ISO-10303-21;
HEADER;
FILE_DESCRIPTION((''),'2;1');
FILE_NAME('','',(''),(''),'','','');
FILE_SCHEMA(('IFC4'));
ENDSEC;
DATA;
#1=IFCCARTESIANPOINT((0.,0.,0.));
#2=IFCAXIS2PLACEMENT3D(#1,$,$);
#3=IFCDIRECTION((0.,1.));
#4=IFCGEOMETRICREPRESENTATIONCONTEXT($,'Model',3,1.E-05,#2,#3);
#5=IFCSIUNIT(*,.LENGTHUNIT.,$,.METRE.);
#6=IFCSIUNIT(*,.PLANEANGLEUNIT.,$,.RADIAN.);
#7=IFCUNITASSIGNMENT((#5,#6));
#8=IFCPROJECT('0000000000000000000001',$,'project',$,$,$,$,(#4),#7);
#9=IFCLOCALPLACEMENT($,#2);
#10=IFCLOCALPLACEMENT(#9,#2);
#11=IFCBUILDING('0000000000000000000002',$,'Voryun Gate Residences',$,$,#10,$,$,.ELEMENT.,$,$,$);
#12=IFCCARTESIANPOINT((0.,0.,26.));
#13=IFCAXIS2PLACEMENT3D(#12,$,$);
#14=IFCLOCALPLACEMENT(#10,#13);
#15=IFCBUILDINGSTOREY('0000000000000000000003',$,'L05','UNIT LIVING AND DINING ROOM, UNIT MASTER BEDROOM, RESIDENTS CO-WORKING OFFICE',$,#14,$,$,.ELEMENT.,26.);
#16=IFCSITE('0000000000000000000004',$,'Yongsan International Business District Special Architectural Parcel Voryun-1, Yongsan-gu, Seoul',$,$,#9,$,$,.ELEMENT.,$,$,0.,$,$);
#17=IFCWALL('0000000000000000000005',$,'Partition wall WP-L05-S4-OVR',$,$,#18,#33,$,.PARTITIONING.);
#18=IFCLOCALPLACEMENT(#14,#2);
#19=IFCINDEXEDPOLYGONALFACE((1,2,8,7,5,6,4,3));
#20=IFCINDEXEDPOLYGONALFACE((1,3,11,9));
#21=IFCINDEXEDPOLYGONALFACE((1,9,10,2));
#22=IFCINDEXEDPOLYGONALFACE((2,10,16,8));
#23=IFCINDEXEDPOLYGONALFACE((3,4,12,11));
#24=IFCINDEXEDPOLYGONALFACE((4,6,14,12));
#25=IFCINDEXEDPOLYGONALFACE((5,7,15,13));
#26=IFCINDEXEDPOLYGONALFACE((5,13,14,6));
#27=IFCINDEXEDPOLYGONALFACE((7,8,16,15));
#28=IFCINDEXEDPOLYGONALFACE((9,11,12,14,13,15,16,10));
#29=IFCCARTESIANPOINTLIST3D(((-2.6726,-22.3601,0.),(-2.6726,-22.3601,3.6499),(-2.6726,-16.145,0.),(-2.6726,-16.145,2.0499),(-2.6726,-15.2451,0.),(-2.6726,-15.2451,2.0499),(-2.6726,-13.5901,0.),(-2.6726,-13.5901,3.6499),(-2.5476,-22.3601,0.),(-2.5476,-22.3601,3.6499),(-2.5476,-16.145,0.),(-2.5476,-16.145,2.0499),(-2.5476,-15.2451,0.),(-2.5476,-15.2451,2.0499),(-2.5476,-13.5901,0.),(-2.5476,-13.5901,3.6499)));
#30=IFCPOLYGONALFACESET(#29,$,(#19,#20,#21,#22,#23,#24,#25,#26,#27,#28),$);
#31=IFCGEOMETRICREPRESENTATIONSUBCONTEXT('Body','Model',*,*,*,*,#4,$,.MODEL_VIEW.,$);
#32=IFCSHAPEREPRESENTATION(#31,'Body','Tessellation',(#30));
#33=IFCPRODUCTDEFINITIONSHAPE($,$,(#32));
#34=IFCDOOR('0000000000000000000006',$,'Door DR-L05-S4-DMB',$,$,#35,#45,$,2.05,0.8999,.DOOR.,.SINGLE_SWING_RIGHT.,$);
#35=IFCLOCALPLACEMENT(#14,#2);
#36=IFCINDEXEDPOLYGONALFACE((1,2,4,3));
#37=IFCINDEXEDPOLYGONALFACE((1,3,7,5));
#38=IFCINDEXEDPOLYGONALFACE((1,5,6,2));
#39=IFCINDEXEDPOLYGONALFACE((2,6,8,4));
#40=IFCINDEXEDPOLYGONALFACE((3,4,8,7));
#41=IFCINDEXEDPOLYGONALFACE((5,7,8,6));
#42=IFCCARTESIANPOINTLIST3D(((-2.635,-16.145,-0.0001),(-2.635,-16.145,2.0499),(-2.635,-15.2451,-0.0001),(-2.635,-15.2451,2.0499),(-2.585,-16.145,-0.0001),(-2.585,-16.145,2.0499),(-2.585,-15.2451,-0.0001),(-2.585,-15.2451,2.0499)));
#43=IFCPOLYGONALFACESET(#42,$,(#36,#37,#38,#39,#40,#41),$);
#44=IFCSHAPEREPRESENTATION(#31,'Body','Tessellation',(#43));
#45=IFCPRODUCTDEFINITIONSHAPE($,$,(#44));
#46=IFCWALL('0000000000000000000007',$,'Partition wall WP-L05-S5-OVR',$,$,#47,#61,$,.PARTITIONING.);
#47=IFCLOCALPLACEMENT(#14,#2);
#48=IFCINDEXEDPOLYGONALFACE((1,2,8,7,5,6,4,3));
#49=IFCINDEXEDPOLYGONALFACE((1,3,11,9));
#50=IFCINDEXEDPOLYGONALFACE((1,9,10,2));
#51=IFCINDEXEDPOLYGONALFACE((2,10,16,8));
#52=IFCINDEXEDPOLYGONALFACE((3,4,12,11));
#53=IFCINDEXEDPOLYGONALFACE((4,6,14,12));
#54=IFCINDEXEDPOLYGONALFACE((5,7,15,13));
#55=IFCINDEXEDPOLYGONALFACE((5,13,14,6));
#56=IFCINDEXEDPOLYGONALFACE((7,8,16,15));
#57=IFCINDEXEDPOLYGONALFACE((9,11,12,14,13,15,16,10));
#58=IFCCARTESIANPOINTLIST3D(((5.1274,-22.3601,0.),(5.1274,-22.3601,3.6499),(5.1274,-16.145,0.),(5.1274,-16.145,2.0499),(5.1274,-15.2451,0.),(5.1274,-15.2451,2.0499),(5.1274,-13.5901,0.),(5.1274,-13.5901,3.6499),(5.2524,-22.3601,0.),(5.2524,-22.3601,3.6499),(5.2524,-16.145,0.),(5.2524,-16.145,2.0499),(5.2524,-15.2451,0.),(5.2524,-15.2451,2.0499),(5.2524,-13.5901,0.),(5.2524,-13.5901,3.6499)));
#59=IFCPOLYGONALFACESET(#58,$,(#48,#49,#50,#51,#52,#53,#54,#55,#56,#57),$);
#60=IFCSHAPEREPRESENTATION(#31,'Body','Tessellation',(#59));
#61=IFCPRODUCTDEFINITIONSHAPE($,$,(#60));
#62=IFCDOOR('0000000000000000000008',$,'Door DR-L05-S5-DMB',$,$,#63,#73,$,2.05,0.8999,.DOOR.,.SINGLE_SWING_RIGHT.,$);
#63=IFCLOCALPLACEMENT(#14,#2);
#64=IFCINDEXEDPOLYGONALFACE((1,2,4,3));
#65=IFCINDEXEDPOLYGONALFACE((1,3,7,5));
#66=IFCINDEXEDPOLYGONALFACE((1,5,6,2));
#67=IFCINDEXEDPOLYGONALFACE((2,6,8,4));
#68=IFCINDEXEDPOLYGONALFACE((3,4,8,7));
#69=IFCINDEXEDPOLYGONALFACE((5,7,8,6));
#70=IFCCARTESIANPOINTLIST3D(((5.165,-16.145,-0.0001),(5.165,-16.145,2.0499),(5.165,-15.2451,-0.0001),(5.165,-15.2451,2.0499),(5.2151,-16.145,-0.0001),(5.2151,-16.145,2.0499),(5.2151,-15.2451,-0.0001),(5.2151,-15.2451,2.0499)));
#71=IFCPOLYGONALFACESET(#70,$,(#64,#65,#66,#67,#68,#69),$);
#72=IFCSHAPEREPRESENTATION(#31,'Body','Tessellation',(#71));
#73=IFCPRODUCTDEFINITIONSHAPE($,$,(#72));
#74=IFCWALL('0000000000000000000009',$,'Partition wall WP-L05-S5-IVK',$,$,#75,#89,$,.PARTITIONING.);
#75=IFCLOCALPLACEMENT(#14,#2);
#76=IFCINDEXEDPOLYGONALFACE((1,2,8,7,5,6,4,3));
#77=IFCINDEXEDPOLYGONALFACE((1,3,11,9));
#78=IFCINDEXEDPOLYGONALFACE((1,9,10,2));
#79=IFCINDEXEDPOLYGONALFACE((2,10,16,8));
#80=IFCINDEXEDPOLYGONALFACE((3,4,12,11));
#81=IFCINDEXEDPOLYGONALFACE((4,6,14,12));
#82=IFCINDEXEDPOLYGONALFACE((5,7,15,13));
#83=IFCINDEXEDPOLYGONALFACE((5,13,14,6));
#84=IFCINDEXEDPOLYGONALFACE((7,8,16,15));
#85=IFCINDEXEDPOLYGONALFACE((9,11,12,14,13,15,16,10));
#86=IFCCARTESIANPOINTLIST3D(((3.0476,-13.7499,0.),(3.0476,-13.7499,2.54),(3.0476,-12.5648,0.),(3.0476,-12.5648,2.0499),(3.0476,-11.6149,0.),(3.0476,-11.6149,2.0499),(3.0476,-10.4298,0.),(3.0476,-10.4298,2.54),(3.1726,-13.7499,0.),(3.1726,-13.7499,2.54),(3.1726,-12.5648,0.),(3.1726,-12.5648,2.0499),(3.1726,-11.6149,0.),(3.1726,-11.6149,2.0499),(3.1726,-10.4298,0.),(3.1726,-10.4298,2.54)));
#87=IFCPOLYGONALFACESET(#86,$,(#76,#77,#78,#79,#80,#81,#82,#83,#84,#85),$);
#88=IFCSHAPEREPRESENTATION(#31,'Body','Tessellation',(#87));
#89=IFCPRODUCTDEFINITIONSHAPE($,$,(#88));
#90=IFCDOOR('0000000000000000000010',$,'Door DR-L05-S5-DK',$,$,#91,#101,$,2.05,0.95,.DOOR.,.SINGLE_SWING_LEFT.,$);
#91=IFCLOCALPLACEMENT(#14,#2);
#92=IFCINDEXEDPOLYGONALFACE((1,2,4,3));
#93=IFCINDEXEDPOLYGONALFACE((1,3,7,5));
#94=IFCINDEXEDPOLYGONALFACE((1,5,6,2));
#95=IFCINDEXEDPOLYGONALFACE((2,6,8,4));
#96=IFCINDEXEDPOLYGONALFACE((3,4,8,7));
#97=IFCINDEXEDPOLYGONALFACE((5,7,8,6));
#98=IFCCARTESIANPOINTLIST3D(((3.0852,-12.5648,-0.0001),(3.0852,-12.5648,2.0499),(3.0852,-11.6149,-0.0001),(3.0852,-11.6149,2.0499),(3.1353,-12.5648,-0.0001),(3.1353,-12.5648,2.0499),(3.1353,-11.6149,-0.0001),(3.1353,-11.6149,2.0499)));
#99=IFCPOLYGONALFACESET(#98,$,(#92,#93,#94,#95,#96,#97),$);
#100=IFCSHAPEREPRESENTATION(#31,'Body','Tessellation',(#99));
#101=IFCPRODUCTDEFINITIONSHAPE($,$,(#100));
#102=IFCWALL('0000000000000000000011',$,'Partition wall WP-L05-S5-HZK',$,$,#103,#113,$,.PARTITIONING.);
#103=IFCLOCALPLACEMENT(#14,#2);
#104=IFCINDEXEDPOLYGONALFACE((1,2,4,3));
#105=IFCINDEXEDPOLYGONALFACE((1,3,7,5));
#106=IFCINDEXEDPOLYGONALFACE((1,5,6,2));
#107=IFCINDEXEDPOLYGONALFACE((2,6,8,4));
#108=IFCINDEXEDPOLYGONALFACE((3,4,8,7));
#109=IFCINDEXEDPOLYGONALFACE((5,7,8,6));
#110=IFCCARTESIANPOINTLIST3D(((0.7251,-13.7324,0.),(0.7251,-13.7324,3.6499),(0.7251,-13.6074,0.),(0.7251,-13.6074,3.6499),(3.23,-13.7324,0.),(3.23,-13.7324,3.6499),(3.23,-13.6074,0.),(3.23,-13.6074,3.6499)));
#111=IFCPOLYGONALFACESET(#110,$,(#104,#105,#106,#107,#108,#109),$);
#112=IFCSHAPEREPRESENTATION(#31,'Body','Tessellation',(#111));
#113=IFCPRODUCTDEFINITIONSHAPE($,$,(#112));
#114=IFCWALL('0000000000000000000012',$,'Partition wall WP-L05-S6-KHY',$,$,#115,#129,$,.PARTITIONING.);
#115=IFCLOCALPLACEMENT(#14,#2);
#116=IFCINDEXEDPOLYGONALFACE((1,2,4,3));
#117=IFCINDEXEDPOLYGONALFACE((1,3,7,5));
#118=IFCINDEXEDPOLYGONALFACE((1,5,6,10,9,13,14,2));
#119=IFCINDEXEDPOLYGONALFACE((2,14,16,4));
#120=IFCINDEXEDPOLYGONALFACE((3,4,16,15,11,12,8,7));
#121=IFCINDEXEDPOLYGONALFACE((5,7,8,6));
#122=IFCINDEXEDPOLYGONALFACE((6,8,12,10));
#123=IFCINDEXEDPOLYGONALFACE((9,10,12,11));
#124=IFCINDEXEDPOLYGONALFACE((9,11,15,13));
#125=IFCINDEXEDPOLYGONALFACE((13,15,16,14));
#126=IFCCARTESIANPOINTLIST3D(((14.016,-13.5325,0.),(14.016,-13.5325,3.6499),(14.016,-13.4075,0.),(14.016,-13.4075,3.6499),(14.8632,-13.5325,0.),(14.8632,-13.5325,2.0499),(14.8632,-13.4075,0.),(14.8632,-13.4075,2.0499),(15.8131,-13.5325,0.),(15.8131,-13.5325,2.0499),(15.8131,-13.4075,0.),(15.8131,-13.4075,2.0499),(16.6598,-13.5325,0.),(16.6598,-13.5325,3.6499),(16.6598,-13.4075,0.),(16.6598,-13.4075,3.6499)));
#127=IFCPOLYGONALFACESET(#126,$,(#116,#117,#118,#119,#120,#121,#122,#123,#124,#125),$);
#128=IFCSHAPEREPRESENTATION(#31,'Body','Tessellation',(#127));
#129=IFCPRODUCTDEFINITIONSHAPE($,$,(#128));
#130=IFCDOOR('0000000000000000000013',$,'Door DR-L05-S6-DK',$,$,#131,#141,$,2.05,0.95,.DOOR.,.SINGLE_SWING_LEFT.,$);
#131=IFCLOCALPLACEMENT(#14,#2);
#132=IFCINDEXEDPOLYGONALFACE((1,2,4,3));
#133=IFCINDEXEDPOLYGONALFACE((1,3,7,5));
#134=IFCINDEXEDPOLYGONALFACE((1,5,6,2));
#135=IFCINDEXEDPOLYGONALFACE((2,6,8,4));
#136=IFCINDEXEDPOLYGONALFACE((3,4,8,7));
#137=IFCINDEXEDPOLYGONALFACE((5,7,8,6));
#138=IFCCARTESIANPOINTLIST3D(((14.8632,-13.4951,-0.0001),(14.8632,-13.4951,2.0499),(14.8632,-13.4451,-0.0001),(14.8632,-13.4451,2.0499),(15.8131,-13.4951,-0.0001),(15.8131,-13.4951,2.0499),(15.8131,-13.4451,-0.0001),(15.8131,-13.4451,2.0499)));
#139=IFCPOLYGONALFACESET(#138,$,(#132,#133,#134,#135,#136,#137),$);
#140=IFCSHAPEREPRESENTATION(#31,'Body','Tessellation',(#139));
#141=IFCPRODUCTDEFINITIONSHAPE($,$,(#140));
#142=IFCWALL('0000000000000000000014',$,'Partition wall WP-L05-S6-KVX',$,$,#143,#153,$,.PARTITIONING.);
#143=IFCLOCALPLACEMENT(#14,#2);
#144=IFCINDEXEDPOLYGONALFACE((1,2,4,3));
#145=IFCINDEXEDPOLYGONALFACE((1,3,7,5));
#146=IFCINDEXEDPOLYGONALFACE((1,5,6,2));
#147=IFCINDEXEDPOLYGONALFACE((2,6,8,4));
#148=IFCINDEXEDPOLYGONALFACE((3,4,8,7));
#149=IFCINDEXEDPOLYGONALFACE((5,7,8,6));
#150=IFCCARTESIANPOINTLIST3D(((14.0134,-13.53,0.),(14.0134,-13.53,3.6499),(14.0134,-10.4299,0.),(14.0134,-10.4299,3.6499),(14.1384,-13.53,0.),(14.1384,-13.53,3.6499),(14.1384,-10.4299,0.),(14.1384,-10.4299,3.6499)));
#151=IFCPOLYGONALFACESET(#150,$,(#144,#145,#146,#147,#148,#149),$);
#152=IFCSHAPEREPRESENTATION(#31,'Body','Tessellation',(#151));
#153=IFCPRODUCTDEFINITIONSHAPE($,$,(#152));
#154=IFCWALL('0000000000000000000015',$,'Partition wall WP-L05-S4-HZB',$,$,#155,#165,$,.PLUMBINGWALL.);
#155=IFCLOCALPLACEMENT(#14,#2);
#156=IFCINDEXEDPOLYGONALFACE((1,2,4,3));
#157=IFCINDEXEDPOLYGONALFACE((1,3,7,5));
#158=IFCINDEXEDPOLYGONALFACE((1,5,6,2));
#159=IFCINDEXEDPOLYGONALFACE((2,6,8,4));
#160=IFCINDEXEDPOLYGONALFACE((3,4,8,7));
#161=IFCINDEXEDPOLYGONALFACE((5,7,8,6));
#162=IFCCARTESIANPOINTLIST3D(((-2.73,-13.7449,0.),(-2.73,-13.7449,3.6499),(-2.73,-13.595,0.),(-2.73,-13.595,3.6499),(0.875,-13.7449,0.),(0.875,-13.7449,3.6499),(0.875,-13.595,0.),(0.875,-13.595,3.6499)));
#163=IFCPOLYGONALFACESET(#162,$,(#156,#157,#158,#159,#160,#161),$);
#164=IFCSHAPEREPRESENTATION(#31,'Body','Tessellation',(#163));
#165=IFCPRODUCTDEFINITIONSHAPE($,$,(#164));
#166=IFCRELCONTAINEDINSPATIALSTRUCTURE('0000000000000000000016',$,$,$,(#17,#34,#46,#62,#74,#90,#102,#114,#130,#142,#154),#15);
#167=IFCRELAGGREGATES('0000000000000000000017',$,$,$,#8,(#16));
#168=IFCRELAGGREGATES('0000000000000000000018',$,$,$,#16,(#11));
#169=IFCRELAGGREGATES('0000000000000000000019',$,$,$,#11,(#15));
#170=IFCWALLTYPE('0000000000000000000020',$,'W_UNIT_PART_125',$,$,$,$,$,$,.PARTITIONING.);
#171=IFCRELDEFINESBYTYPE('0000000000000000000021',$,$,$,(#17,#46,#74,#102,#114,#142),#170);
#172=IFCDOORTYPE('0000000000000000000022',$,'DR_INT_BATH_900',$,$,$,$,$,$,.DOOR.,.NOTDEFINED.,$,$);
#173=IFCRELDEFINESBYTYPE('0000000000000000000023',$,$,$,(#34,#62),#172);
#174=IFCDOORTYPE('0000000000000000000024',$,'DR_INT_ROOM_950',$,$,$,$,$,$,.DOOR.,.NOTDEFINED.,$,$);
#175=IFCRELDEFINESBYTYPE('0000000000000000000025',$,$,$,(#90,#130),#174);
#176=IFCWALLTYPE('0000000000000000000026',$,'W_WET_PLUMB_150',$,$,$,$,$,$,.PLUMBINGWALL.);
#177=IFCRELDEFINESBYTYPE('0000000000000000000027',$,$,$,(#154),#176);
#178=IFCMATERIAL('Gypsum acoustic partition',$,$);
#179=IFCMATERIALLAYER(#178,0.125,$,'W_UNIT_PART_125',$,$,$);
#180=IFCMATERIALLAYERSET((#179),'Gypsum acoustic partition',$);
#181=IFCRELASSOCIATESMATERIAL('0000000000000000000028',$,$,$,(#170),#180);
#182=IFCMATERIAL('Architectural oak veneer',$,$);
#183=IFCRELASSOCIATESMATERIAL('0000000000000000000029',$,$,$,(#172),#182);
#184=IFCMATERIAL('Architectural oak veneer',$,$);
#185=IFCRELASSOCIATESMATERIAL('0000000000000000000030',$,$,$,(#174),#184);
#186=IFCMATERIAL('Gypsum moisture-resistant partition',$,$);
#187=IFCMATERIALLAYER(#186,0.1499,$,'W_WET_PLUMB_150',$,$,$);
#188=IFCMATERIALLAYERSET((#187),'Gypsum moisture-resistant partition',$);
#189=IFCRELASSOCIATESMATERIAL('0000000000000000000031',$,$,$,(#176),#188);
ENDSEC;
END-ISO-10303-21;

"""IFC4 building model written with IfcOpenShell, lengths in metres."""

from ifc_helpers import new_model, si_unit, direction, frame, frame_2d, origin, place, context, subcontext, project, spatial, rectangle, extrude, material, layer, layer_set, type_object, element, fill, save


model = new_model("IFC4")

# Units and contexts
model_context = context("Model", 3, precision=1e-05, world=origin(), true_north=direction((0.0, 1.0)))
body_context = subcontext(model_context, "Body", "Model", "MODEL_VIEW")
ifc_project = project(units=[si_unit("LENGTHUNIT", "METRE"), si_unit("PLANEANGLEUNIT", "RADIAN")], contexts=[model_context])

# Site, building, storey
site_placement = place(None, origin())
site = spatial("IfcSite", under=ifc_project, at=site_placement, Name="Yongsan International Business District Special Architectural Parcel Voryun-1, Yongsan-gu, Seoul", CompositionType="ELEMENT", RefElevation=0.0)
building_placement = place(site_placement, origin())
building = spatial("IfcBuilding", under=site, at=building_placement, Name="Voryun Gate Residences", CompositionType="ELEMENT")
storey_placement = place(building_placement, frame((0.0, 0.0, 26.0)))
storey = spatial("IfcBuildingStorey", under=building, at=storey_placement, Name="L05", Description="UNIT LIVING AND DINING ROOM, UNIT MASTER BEDROOM, RESIDENTS CO-WORKING OFFICE", CompositionType="ELEMENT", Elevation=26.0)

# Walls, openings, doors
ifc_material_1 = material(Name="Gypsum acoustic partition")
ifc_layer_1 = layer(ifc_material_1, 0.125, Name="W_UNIT_PART_125")
ifc_layer_set_1 = layer_set([ifc_layer_1], Name="Gypsum acoustic partition")
wall_type_1 = type_object("IfcWallType", Name="W_UNIT_PART_125", PredefinedType="PARTITIONING", material=ifc_layer_set_1)
wall_1_placement = place(storey_placement, frame((-2.6101, -22.3601, 0.0), z_axis=(0.0, 0.0, 1.0), x_axis=(0.0, 1.0, 0.0)))
wall_1 = element("IfcWall", 1, at=wall_1_placement, inside=storey, type_object=wall_type_1, Name="Partition wall WP-L05-S4-OVR", PredefinedType="PARTITIONING", context=body_context, shape_type="SweptSolid", body=[
    extrude(rectangle(XDim=8.77, YDim=0.125, at=frame_2d((4.385, 0.0))), origin(), (0.0, 0.0, 1.0), 3.6499),
])
opening_1_placement = place(wall_1_placement, frame((6.2151, 0.0, 0.0)))
opening_1 = element("IfcOpeningElement", 2, at=opening_1_placement, cuts=wall_1, PredefinedType="OPENING", context=body_context, shape_type="SweptSolid", body=[
    extrude(rectangle(XDim=0.8999, YDim=2.05, at=frame_2d((0.45, 1.0249))), frame((0.0, 0.0725, 0.0), z_axis=(0.0, -1.0, 0.0), x_axis=(1.0, 0.0, 0.0)), (0.0, 0.0, 1.0), 0.145),
])
ifc_material_2 = material(Name="Architectural oak veneer")
door_type_1 = type_object("IfcDoorType", Name="DR_INT_BATH_900", OperationType="NOTDEFINED", PredefinedType="DOOR", material=ifc_material_2)
door_1_placement = place(opening_1_placement, origin())
door_1 = element("IfcDoor", 3, at=door_1_placement, inside=storey, type_object=door_type_1, Name="Door DR-L05-S4-DMB", OperationType="SINGLE_SWING_RIGHT", OverallHeight=2.05, OverallWidth=0.8999, PredefinedType="DOOR", context=body_context, shape_type="SweptSolid", body=[
    extrude(rectangle(XDim=0.8999, YDim=2.05, at=frame_2d((0.45, 1.0249))), frame((0.0, 0.0249, 0.0), z_axis=(0.0, -1.0, 0.0), x_axis=(1.0, 0.0, 0.0)), (0.0, 0.0, 1.0), 0.05),
])
fill(opening_1, door_1)
wall_2_placement = place(storey_placement, frame((5.1899, -22.3601, 0.0), z_axis=(0.0, 0.0, 1.0), x_axis=(0.0, 1.0, 0.0)))
wall_2 = element("IfcWall", 4, at=wall_2_placement, inside=storey, type_object=wall_type_1, Name="Partition wall WP-L05-S5-OVR", PredefinedType="PARTITIONING", context=body_context, shape_type="SweptSolid", body=[
    extrude(rectangle(XDim=8.77, YDim=0.125, at=frame_2d((4.385, 0.0))), origin(), (0.0, 0.0, 1.0), 3.6499),
])
opening_2_placement = place(wall_2_placement, frame((6.2151, 0.0, 0.0)))
opening_2 = element("IfcOpeningElement", 5, at=opening_2_placement, cuts=wall_2, PredefinedType="OPENING", context=body_context, shape_type="SweptSolid", body=[
    extrude(rectangle(XDim=0.8999, YDim=2.05, at=frame_2d((0.45, 1.0249))), frame((0.0, 0.0725, 0.0), z_axis=(0.0, -1.0, 0.0), x_axis=(1.0, 0.0, 0.0)), (0.0, 0.0, 1.0), 0.145),
])
door_2_placement = place(opening_2_placement, origin())
door_2 = element("IfcDoor", 6, at=door_2_placement, inside=storey, type_object=door_type_1, Name="Door DR-L05-S5-DMB", OperationType="SINGLE_SWING_RIGHT", OverallHeight=2.05, OverallWidth=0.8999, PredefinedType="DOOR", context=body_context, shape_type="SweptSolid", body=[
    extrude(rectangle(XDim=0.8999, YDim=2.05, at=frame_2d((0.45, 1.0249))), frame((0.0, 0.0249, 0.0), z_axis=(0.0, -1.0, 0.0), x_axis=(1.0, 0.0, 0.0)), (0.0, 0.0, 1.0), 0.05),
])
fill(opening_2, door_2)
wall_3_placement = place(storey_placement, frame((3.1101, -13.75, 0.0), z_axis=(0.0, 0.0, 1.0), x_axis=(0.0, 1.0, 0.0)))
wall_3 = element("IfcWall", 7, at=wall_3_placement, inside=storey, type_object=wall_type_1, Name="Partition wall WP-L05-S5-IVK", PredefinedType="PARTITIONING", context=body_context, shape_type="SweptSolid", body=[
    extrude(rectangle(XDim=3.3201, YDim=0.125, at=frame_2d((1.6602, 0.0))), origin(), (0.0, 0.0, 1.0), 2.54),
])
opening_3_placement = place(wall_3_placement, frame((1.1851, 0.0, 0.0)))
opening_3 = element("IfcOpeningElement", 8, at=opening_3_placement, cuts=wall_3, PredefinedType="OPENING", context=body_context, shape_type="SweptSolid", body=[
    extrude(rectangle(XDim=0.95, YDim=2.05, at=frame_2d((0.4751, 1.0249))), frame((0.0, 0.0725, 0.0), z_axis=(0.0, -1.0, 0.0), x_axis=(1.0, 0.0, 0.0)), (0.0, 0.0, 1.0), 0.145),
])
ifc_material_3 = material(Name="Architectural oak veneer")
door_type_2 = type_object("IfcDoorType", Name="DR_INT_ROOM_950", OperationType="NOTDEFINED", PredefinedType="DOOR", material=ifc_material_3)
door_3_placement = place(opening_3_placement, origin())
door_3 = element("IfcDoor", 9, at=door_3_placement, inside=storey, type_object=door_type_2, Name="Door DR-L05-S5-DK", OperationType="SINGLE_SWING_LEFT", OverallHeight=2.05, OverallWidth=0.95, PredefinedType="DOOR", context=body_context, shape_type="SweptSolid", body=[
    extrude(rectangle(XDim=0.95, YDim=2.05, at=frame_2d((0.4751, 1.0249))), frame((0.0, 0.0249, 0.0), z_axis=(0.0, -1.0, 0.0), x_axis=(1.0, 0.0, 0.0)), (0.0, 0.0, 1.0), 0.05),
])
fill(opening_3, door_3)

# Wall
wall_4_placement = place(storey_placement, frame((0.7251, -13.6699, 0.0), z_axis=(0.0, 0.0, 1.0), x_axis=(1.0, 0.0, 0.0)))
element("IfcWall", 10, at=wall_4_placement, inside=storey, type_object=wall_type_1, Name="Partition wall WP-L05-S5-HZK", PredefinedType="PARTITIONING", context=body_context, shape_type="SweptSolid", body=[
    extrude(rectangle(XDim=2.5049, YDim=0.125, at=frame_2d((1.2524, 0.0))), origin(), (0.0, 0.0, 1.0), 3.6499),
])

# Wall, opening, door
wall_5_placement = place(storey_placement, frame((14.0161, -13.47, 0.0), z_axis=(0.0, 0.0, 1.0), x_axis=(1.0, 0.0, 0.0)))
wall_5 = element("IfcWall", 11, at=wall_5_placement, inside=storey, type_object=wall_type_1, Name="Partition wall WP-L05-S6-KHY", PredefinedType="PARTITIONING", context=body_context, shape_type="SweptSolid", body=[
    extrude(rectangle(XDim=2.6438, YDim=0.125, at=frame_2d((1.3218, 0.0))), origin(), (0.0, 0.0, 1.0), 3.6499),
])
opening_4_placement = place(wall_5_placement, frame((0.8469, 0.0, 0.0)))
opening_4 = element("IfcOpeningElement", 12, at=opening_4_placement, cuts=wall_5, PredefinedType="OPENING", context=body_context, shape_type="SweptSolid", body=[
    extrude(rectangle(XDim=0.95, YDim=2.05, at=frame_2d((0.4751, 1.0249))), frame((0.0, 0.0725, 0.0), z_axis=(0.0, -1.0, 0.0), x_axis=(1.0, 0.0, 0.0)), (0.0, 0.0, 1.0), 0.145),
])
door_4_placement = place(opening_4_placement, origin())
door_4 = element("IfcDoor", 13, at=door_4_placement, inside=storey, type_object=door_type_2, Name="Door DR-L05-S6-DK", OperationType="SINGLE_SWING_LEFT", OverallHeight=2.05, OverallWidth=0.95, PredefinedType="DOOR", context=body_context, shape_type="SweptSolid", body=[
    extrude(rectangle(XDim=0.95, YDim=2.05, at=frame_2d((0.4751, 1.0249))), frame((0.0, 0.0249, 0.0), z_axis=(0.0, -1.0, 0.0), x_axis=(1.0, 0.0, 0.0)), (0.0, 0.0, 1.0), 0.05),
])
fill(opening_4, door_4)

# Walls
wall_6_placement = place(storey_placement, frame((14.0759, -13.53, 0.0), z_axis=(0.0, 0.0, 1.0), x_axis=(0.0, 1.0, 0.0)))
element("IfcWall", 14, at=wall_6_placement, inside=storey, type_object=wall_type_1, Name="Partition wall WP-L05-S6-KVX", PredefinedType="PARTITIONING", context=body_context, shape_type="SweptSolid", body=[
    extrude(rectangle(XDim=3.1001, YDim=0.125, at=frame_2d((1.55, 0.0))), origin(), (0.0, 0.0, 1.0), 3.6499),
])
ifc_material_4 = material(Name="Gypsum moisture-resistant partition")
ifc_layer_2 = layer(ifc_material_4, 0.1499, Name="W_WET_PLUMB_150")
ifc_layer_set_2 = layer_set([ifc_layer_2], Name="Gypsum moisture-resistant partition")
wall_type_2 = type_object("IfcWallType", Name="W_WET_PLUMB_150", PredefinedType="PLUMBINGWALL", material=ifc_layer_set_2)
wall_7_placement = place(storey_placement, frame((-2.73, -13.6699, 0.0), z_axis=(0.0, 0.0, 1.0), x_axis=(1.0, 0.0, 0.0)))
element("IfcWall", 15, at=wall_7_placement, inside=storey, type_object=wall_type_2, Name="Partition wall WP-L05-S4-HZB", PredefinedType="PLUMBINGWALL", context=body_context, shape_type="SweptSolid", body=[
    extrude(rectangle(XDim=3.605, YDim=0.1499, at=frame_2d((1.8025, 0.0))), origin(), (0.0, 0.0, 1.0), 3.6499),
])

save(model, "model.ifc")
